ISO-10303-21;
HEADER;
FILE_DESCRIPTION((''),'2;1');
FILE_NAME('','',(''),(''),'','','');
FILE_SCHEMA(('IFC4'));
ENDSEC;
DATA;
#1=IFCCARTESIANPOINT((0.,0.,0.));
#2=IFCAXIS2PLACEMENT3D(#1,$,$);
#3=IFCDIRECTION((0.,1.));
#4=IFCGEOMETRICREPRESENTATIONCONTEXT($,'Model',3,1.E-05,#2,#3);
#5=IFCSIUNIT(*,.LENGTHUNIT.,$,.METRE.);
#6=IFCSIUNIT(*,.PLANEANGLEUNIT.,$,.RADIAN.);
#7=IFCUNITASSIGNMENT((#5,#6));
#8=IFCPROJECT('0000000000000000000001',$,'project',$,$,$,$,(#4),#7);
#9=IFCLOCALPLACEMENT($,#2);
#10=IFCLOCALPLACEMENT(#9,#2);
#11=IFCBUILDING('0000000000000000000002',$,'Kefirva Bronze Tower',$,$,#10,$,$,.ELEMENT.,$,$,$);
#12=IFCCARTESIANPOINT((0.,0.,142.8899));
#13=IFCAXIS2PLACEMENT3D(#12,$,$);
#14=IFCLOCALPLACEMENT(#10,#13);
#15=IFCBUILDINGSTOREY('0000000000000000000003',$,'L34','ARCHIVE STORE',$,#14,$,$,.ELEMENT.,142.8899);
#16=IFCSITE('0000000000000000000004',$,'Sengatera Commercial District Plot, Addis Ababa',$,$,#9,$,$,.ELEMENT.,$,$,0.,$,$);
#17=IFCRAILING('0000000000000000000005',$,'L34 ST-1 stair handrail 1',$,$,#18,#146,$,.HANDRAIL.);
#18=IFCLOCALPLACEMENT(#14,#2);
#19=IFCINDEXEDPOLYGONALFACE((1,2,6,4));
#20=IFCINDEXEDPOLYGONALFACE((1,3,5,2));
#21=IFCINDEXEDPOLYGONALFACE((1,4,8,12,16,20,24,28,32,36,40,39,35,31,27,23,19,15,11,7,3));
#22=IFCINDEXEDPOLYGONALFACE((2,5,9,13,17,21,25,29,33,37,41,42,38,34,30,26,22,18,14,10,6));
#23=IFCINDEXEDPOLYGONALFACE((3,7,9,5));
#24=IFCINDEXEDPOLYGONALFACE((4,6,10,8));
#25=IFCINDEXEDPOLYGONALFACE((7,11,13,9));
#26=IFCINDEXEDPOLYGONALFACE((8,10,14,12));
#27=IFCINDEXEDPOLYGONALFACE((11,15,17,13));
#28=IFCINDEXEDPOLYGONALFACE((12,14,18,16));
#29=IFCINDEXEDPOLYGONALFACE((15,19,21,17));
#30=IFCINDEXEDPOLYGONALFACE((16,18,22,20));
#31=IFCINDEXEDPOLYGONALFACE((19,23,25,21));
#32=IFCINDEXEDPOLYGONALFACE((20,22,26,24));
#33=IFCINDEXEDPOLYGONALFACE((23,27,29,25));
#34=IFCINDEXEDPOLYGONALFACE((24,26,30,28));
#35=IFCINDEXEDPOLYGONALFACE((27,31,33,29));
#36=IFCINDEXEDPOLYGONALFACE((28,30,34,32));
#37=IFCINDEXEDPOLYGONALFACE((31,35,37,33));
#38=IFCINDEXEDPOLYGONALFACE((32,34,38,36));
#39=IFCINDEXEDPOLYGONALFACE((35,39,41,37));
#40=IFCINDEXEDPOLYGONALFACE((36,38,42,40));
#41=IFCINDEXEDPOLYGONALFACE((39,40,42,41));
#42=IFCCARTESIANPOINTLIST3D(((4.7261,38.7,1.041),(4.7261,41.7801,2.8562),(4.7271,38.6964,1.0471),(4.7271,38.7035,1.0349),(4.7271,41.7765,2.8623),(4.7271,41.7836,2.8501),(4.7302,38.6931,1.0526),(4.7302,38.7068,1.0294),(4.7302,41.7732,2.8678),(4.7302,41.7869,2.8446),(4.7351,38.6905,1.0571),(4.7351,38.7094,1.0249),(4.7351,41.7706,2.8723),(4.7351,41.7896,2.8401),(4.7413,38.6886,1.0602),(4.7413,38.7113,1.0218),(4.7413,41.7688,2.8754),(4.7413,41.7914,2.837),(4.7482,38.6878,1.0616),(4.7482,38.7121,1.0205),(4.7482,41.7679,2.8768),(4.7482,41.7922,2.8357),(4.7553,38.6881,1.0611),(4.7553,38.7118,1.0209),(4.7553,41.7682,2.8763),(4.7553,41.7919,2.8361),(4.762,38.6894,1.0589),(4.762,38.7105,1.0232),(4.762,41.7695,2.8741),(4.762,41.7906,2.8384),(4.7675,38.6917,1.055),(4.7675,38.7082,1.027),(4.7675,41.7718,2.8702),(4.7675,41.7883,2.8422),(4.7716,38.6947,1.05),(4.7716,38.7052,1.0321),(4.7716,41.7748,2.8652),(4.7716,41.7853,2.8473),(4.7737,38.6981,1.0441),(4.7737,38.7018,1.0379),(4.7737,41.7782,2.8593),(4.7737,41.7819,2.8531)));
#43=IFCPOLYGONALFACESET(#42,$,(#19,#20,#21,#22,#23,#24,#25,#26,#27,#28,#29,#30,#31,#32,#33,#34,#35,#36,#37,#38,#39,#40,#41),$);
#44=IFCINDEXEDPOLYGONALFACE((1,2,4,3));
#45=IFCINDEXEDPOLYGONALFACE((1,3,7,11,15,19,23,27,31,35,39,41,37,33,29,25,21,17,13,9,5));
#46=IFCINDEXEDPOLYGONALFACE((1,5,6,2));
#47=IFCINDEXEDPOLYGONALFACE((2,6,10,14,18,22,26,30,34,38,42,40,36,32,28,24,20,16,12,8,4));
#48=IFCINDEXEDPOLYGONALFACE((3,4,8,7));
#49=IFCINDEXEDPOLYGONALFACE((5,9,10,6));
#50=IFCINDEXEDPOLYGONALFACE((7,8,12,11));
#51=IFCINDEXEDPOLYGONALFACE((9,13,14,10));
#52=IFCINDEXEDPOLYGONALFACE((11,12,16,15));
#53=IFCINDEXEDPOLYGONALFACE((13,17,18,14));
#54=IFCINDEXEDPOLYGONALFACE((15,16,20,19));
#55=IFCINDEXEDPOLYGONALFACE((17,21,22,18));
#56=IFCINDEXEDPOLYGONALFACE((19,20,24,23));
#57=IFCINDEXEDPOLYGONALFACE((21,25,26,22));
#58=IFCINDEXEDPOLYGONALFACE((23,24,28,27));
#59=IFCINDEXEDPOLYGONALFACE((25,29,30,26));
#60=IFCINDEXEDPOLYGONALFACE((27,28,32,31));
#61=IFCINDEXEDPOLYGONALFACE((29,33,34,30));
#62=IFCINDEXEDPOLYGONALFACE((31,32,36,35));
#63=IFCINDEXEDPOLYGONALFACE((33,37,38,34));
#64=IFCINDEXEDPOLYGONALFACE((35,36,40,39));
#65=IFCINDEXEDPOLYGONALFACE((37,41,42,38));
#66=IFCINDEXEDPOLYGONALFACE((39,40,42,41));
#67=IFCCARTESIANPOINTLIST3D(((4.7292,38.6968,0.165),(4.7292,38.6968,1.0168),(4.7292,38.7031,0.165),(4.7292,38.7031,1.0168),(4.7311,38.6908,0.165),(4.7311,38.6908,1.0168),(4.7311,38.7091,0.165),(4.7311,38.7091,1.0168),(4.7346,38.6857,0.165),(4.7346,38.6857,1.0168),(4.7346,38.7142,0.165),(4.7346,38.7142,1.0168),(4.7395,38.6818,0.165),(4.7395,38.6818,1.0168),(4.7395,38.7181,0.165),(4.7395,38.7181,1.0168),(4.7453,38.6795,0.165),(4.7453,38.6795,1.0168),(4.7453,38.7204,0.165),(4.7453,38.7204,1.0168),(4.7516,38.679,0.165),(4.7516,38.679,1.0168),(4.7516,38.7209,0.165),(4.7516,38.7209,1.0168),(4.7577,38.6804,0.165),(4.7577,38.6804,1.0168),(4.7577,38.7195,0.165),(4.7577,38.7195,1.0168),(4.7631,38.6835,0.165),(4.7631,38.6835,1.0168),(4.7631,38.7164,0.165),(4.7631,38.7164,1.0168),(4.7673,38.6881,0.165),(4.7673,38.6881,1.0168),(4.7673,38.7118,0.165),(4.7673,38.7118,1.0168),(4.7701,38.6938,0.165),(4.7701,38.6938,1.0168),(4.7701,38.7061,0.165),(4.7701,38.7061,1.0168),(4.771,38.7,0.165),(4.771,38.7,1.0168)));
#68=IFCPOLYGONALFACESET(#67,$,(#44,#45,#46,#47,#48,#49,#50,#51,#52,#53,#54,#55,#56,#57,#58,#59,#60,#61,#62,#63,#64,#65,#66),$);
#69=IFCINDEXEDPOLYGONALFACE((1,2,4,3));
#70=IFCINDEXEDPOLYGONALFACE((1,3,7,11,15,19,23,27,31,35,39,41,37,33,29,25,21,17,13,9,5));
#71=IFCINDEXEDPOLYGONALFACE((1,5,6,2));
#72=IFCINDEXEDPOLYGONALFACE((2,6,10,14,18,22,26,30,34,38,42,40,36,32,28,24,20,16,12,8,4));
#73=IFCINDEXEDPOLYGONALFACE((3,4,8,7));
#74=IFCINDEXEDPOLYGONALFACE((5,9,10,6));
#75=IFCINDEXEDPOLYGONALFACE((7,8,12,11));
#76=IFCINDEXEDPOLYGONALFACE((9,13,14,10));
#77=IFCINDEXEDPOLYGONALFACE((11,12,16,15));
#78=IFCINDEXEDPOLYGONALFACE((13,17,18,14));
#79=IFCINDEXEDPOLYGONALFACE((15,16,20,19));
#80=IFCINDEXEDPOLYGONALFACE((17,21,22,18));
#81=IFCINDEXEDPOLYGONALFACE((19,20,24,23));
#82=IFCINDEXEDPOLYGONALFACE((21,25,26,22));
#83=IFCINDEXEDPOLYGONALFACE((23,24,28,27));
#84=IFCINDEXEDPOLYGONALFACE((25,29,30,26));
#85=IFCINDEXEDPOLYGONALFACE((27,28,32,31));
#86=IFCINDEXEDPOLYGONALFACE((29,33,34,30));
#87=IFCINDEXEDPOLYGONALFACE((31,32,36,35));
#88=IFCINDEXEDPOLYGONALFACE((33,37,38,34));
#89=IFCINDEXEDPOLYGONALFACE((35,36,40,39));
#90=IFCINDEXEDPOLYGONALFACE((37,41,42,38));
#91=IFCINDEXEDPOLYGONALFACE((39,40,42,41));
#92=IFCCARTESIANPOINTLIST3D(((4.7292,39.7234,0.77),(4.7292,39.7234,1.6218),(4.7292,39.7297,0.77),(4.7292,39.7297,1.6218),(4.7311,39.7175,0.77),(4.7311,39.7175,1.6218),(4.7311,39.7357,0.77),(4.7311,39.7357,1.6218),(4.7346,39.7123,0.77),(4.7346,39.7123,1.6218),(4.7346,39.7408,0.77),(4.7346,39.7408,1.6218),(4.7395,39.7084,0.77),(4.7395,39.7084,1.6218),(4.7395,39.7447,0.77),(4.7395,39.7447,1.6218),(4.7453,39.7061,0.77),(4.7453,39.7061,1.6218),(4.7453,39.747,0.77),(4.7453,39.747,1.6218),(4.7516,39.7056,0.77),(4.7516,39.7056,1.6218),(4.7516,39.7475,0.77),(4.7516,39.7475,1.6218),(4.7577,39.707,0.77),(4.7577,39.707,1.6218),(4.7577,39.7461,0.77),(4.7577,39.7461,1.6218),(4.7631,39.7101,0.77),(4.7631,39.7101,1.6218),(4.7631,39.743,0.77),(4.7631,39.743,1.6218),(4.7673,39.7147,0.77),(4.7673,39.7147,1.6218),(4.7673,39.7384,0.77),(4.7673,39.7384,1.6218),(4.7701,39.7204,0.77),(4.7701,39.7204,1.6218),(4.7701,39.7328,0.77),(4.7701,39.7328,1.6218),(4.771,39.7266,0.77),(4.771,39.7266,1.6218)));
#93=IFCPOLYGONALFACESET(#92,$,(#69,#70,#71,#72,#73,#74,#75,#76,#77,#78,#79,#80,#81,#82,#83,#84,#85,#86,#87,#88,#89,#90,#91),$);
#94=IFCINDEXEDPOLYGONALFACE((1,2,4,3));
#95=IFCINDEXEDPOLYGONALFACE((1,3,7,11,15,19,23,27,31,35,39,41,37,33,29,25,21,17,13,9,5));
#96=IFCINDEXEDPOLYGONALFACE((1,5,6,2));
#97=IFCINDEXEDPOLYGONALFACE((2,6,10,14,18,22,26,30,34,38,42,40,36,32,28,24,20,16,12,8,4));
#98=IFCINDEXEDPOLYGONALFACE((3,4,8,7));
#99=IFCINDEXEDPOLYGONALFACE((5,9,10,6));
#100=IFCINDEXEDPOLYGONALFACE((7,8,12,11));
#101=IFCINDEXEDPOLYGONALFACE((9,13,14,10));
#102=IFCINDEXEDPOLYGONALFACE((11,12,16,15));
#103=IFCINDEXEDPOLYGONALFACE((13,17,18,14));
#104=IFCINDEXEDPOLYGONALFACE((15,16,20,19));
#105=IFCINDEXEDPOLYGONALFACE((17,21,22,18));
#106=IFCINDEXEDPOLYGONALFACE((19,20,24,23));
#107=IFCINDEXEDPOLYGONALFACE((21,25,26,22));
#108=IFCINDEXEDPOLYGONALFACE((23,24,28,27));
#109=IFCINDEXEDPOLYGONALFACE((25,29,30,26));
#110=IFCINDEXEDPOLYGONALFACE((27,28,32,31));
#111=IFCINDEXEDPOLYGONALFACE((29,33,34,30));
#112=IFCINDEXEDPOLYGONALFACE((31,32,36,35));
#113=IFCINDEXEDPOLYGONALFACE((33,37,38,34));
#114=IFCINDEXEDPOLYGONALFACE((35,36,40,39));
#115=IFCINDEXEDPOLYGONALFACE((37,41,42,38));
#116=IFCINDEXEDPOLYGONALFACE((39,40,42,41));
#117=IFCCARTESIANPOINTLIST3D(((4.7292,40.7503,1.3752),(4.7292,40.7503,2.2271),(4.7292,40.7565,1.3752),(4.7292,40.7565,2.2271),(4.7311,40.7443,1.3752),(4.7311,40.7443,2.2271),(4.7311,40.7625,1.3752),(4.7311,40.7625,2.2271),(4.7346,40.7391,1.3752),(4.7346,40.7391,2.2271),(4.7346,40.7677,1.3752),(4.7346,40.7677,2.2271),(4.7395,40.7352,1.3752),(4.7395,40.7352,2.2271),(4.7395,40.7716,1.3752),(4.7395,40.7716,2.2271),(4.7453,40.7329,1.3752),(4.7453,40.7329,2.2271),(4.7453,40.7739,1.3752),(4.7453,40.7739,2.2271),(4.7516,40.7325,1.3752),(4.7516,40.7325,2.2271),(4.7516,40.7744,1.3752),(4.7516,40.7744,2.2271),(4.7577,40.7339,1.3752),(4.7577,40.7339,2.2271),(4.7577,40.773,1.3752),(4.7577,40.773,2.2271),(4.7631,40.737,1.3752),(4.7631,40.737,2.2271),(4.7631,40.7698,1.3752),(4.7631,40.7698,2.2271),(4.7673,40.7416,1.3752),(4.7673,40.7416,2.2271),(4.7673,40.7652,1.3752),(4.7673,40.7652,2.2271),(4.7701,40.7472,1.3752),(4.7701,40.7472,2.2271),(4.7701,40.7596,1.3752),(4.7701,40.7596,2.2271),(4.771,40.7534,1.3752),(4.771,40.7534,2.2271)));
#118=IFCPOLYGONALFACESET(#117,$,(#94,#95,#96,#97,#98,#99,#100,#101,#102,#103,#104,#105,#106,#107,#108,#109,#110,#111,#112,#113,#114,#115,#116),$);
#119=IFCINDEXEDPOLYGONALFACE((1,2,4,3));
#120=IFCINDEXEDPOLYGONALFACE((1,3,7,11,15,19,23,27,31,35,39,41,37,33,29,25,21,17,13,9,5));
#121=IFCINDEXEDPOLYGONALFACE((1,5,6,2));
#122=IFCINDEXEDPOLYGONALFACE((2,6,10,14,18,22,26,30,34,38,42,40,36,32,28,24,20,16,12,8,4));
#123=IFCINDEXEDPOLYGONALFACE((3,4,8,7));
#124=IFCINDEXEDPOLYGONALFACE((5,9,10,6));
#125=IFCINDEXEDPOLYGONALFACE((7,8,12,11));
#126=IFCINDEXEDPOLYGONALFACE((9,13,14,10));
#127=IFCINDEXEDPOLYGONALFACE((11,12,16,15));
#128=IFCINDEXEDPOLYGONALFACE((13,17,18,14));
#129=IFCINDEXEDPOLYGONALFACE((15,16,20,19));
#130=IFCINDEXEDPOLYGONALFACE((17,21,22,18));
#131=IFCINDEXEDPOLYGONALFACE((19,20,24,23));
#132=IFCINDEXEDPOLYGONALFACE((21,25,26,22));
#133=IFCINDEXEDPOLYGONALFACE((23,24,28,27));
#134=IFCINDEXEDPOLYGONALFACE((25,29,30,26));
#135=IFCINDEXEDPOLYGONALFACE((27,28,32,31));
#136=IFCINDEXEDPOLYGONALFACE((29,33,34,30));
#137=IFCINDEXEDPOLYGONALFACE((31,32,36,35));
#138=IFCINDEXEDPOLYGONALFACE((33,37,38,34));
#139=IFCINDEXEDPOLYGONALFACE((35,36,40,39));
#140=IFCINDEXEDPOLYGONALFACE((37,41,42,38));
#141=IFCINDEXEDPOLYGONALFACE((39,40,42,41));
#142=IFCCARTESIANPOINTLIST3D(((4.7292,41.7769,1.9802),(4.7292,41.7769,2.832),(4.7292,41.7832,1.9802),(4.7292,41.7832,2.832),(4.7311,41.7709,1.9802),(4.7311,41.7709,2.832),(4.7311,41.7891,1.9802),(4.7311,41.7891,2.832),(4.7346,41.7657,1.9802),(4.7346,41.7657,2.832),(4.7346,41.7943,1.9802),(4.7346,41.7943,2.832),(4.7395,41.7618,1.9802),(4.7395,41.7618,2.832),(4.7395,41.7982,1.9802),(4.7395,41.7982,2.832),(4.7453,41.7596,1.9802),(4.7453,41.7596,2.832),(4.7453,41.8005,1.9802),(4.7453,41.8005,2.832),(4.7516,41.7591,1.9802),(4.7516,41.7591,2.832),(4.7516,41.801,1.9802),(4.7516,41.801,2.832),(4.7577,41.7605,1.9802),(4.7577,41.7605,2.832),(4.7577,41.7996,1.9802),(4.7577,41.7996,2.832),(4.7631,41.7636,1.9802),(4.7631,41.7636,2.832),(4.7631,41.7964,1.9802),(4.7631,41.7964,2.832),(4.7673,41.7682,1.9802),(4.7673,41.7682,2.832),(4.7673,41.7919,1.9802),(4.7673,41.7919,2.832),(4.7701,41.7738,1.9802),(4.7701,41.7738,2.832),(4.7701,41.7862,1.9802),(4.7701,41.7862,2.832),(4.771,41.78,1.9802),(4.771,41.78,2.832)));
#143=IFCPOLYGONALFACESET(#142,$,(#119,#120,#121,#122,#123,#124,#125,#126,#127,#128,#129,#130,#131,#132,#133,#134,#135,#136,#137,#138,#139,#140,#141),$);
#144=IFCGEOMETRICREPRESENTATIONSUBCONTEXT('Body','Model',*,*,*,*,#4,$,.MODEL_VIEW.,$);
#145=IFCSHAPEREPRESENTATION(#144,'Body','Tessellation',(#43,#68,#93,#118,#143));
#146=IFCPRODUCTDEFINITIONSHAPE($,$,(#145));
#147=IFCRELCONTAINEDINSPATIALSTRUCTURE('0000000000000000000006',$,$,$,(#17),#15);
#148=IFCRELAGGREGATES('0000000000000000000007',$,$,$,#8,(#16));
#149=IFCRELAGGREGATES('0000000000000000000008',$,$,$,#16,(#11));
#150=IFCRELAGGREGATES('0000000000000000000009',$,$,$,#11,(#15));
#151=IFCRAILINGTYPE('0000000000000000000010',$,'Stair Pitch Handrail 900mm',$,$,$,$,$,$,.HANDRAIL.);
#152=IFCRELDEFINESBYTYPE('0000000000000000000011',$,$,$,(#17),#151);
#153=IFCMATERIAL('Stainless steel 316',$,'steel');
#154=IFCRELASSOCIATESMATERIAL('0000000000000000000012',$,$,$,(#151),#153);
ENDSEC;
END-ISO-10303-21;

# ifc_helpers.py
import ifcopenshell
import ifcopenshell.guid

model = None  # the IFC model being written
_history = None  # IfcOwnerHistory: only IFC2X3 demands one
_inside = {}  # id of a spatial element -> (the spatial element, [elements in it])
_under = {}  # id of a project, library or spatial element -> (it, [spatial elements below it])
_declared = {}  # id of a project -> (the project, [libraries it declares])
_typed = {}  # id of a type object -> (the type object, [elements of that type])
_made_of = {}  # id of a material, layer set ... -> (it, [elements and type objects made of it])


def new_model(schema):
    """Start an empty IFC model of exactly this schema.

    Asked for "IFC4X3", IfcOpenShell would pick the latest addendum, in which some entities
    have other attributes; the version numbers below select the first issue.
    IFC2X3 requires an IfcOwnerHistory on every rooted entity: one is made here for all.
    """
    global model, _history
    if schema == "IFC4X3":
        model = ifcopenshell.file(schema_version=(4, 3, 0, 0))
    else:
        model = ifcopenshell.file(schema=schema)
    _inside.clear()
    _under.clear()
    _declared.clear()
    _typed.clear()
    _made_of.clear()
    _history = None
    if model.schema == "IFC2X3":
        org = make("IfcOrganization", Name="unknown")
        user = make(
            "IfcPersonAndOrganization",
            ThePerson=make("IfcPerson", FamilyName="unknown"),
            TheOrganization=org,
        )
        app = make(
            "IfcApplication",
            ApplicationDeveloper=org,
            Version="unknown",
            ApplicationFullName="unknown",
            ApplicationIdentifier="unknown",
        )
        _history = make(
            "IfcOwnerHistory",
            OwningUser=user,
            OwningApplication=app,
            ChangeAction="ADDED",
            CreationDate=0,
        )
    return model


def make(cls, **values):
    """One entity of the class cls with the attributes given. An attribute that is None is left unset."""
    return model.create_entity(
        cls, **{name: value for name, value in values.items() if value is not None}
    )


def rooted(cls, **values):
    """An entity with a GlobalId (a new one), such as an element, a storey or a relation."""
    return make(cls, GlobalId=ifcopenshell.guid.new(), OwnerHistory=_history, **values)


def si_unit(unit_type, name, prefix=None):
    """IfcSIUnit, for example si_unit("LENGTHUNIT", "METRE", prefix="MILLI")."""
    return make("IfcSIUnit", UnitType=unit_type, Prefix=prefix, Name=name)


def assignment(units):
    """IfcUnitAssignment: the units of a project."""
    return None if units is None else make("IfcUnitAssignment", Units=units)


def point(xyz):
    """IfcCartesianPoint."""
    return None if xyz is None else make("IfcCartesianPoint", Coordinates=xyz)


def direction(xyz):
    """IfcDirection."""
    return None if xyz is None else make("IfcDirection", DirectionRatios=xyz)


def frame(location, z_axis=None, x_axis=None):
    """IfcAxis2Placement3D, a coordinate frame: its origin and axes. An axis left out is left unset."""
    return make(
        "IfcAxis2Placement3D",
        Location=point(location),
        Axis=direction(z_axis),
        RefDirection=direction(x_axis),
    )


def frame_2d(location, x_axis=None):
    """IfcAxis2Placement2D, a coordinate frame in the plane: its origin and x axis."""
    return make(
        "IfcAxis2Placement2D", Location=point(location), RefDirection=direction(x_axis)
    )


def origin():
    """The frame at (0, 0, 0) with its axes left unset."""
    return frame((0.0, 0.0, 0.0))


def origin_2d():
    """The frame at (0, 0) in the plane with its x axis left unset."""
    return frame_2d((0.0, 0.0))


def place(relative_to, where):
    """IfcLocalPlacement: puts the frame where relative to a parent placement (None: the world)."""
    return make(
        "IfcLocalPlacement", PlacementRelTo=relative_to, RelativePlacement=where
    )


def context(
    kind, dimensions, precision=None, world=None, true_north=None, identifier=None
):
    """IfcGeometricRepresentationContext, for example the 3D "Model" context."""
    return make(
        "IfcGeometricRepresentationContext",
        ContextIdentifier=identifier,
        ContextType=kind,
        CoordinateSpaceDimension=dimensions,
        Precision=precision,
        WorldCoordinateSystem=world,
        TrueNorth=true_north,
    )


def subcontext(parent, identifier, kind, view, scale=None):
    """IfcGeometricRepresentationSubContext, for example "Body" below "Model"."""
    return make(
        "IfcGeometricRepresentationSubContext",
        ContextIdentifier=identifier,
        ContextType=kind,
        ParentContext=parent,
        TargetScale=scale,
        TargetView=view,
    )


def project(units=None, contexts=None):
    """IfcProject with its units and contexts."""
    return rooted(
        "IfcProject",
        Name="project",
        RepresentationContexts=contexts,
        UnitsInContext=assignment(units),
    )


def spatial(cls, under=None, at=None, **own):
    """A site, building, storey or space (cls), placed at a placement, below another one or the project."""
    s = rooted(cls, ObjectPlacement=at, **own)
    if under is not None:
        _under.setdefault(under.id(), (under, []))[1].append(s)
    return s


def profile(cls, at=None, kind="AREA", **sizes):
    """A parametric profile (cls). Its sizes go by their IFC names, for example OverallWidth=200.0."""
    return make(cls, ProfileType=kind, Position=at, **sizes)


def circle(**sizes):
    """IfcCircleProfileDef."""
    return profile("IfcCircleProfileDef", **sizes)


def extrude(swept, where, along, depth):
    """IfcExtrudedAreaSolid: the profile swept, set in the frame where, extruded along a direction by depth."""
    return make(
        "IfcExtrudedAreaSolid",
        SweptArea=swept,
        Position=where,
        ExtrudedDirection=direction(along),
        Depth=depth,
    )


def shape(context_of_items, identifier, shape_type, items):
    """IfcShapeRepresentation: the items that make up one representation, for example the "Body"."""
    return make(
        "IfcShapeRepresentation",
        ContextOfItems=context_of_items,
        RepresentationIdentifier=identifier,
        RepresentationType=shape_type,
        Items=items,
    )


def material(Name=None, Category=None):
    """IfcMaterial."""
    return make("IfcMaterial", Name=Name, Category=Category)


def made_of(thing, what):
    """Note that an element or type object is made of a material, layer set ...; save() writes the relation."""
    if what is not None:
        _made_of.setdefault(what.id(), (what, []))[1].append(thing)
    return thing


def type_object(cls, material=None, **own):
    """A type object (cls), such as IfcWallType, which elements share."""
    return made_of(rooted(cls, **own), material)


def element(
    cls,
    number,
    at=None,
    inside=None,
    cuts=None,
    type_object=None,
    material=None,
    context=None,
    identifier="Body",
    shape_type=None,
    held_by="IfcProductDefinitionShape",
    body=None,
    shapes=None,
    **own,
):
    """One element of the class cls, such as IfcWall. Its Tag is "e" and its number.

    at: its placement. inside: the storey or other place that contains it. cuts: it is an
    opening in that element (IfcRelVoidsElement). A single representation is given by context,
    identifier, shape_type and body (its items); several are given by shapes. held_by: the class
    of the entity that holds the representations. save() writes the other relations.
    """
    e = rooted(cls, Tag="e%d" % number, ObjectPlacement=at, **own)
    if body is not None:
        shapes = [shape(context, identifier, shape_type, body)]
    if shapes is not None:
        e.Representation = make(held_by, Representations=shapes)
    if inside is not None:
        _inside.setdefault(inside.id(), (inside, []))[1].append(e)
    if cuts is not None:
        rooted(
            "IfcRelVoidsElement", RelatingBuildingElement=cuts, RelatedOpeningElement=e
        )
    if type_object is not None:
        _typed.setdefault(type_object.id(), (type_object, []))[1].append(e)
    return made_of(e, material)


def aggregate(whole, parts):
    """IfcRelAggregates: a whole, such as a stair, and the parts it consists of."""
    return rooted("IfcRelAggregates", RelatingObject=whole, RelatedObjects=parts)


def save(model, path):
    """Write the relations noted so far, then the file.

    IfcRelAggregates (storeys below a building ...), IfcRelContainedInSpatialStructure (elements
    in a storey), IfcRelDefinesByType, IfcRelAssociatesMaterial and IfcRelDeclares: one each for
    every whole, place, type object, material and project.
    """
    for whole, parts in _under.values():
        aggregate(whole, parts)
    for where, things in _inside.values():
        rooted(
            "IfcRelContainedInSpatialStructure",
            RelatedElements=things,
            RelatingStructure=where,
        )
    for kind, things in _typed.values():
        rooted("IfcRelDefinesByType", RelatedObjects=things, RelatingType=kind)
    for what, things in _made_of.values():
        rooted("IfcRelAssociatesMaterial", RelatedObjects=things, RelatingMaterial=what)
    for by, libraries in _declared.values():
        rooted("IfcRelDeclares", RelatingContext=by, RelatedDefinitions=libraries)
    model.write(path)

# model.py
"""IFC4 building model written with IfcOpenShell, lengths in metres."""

from ifc_helpers import new_model, si_unit, direction, frame, origin, origin_2d, place, context, subcontext, project, spatial, circle, extrude, material, type_object, element, save


model = new_model("IFC4")

# Units and contexts
model_context = context("Model", 3, precision=1e-05, world=origin(), true_north=direction((0.0, 1.0)))
body_context = subcontext(model_context, "Body", "Model", "MODEL_VIEW")
ifc_project = project(units=[si_unit("LENGTHUNIT", "METRE"), si_unit("PLANEANGLEUNIT", "RADIAN")], contexts=[model_context])

# Site, building, storey
site_placement = place(None, origin())
site = spatial("IfcSite", under=ifc_project, at=site_placement, Name="Sengatera Commercial District Plot, Addis Ababa", CompositionType="ELEMENT", RefElevation=0.0)
building_placement = place(site_placement, origin())
building = spatial("IfcBuilding", under=site, at=building_placement, Name="Kefirva Bronze Tower", CompositionType="ELEMENT")
storey_placement = place(building_placement, frame((0.0, 0.0, 142.8899)))
storey = spatial("IfcBuildingStorey", under=building, at=storey_placement, Name="L34", Description="ARCHIVE STORE", CompositionType="ELEMENT", Elevation=142.8899)

# Shared definitions
ifc_material_1 = material(Name="Stainless steel 316", Category="steel")

# Railing
railing_type = type_object("IfcRailingType", Name="Stair Pitch Handrail 900mm", PredefinedType="HANDRAIL", material=ifc_material_1)
railing_placement = place(storey_placement, frame((4.75, 38.7, 0.165)))
element("IfcRailing", 1, at=railing_placement, inside=storey, type_object=railing_type, Name="L34 ST-1 stair handrail 1", PredefinedType="HANDRAIL", context=body_context, shape_type="SweptSolid", body=[
    extrude(circle(Radius=0.0239, at=origin_2d()), frame((0.0, 0.0, 0.876), z_axis=(0.0, 0.861521, 0.507721), x_axis=(-1.0, 0.0, 0.0)), (0.0, 0.0, 1.0), 3.5752),
    extrude(circle(Radius=0.021, at=origin_2d()), origin(), (0.0, 0.0, 1.0), 0.8518),
    extrude(circle(Radius=0.021, at=origin_2d()), frame((0.0, 1.0266, 0.605)), (0.0, 0.0, 1.0), 0.8518),
    extrude(circle(Radius=0.021, at=origin_2d()), frame((0.0, 2.0535, 1.2102)), (0.0, 0.0, 1.0), 0.8518),
    extrude(circle(Radius=0.021, at=origin_2d()), frame((0.0, 3.0801, 1.8152)), (0.0, 0.0, 1.0), 0.8518),
])

save(model, "model.ifc")
